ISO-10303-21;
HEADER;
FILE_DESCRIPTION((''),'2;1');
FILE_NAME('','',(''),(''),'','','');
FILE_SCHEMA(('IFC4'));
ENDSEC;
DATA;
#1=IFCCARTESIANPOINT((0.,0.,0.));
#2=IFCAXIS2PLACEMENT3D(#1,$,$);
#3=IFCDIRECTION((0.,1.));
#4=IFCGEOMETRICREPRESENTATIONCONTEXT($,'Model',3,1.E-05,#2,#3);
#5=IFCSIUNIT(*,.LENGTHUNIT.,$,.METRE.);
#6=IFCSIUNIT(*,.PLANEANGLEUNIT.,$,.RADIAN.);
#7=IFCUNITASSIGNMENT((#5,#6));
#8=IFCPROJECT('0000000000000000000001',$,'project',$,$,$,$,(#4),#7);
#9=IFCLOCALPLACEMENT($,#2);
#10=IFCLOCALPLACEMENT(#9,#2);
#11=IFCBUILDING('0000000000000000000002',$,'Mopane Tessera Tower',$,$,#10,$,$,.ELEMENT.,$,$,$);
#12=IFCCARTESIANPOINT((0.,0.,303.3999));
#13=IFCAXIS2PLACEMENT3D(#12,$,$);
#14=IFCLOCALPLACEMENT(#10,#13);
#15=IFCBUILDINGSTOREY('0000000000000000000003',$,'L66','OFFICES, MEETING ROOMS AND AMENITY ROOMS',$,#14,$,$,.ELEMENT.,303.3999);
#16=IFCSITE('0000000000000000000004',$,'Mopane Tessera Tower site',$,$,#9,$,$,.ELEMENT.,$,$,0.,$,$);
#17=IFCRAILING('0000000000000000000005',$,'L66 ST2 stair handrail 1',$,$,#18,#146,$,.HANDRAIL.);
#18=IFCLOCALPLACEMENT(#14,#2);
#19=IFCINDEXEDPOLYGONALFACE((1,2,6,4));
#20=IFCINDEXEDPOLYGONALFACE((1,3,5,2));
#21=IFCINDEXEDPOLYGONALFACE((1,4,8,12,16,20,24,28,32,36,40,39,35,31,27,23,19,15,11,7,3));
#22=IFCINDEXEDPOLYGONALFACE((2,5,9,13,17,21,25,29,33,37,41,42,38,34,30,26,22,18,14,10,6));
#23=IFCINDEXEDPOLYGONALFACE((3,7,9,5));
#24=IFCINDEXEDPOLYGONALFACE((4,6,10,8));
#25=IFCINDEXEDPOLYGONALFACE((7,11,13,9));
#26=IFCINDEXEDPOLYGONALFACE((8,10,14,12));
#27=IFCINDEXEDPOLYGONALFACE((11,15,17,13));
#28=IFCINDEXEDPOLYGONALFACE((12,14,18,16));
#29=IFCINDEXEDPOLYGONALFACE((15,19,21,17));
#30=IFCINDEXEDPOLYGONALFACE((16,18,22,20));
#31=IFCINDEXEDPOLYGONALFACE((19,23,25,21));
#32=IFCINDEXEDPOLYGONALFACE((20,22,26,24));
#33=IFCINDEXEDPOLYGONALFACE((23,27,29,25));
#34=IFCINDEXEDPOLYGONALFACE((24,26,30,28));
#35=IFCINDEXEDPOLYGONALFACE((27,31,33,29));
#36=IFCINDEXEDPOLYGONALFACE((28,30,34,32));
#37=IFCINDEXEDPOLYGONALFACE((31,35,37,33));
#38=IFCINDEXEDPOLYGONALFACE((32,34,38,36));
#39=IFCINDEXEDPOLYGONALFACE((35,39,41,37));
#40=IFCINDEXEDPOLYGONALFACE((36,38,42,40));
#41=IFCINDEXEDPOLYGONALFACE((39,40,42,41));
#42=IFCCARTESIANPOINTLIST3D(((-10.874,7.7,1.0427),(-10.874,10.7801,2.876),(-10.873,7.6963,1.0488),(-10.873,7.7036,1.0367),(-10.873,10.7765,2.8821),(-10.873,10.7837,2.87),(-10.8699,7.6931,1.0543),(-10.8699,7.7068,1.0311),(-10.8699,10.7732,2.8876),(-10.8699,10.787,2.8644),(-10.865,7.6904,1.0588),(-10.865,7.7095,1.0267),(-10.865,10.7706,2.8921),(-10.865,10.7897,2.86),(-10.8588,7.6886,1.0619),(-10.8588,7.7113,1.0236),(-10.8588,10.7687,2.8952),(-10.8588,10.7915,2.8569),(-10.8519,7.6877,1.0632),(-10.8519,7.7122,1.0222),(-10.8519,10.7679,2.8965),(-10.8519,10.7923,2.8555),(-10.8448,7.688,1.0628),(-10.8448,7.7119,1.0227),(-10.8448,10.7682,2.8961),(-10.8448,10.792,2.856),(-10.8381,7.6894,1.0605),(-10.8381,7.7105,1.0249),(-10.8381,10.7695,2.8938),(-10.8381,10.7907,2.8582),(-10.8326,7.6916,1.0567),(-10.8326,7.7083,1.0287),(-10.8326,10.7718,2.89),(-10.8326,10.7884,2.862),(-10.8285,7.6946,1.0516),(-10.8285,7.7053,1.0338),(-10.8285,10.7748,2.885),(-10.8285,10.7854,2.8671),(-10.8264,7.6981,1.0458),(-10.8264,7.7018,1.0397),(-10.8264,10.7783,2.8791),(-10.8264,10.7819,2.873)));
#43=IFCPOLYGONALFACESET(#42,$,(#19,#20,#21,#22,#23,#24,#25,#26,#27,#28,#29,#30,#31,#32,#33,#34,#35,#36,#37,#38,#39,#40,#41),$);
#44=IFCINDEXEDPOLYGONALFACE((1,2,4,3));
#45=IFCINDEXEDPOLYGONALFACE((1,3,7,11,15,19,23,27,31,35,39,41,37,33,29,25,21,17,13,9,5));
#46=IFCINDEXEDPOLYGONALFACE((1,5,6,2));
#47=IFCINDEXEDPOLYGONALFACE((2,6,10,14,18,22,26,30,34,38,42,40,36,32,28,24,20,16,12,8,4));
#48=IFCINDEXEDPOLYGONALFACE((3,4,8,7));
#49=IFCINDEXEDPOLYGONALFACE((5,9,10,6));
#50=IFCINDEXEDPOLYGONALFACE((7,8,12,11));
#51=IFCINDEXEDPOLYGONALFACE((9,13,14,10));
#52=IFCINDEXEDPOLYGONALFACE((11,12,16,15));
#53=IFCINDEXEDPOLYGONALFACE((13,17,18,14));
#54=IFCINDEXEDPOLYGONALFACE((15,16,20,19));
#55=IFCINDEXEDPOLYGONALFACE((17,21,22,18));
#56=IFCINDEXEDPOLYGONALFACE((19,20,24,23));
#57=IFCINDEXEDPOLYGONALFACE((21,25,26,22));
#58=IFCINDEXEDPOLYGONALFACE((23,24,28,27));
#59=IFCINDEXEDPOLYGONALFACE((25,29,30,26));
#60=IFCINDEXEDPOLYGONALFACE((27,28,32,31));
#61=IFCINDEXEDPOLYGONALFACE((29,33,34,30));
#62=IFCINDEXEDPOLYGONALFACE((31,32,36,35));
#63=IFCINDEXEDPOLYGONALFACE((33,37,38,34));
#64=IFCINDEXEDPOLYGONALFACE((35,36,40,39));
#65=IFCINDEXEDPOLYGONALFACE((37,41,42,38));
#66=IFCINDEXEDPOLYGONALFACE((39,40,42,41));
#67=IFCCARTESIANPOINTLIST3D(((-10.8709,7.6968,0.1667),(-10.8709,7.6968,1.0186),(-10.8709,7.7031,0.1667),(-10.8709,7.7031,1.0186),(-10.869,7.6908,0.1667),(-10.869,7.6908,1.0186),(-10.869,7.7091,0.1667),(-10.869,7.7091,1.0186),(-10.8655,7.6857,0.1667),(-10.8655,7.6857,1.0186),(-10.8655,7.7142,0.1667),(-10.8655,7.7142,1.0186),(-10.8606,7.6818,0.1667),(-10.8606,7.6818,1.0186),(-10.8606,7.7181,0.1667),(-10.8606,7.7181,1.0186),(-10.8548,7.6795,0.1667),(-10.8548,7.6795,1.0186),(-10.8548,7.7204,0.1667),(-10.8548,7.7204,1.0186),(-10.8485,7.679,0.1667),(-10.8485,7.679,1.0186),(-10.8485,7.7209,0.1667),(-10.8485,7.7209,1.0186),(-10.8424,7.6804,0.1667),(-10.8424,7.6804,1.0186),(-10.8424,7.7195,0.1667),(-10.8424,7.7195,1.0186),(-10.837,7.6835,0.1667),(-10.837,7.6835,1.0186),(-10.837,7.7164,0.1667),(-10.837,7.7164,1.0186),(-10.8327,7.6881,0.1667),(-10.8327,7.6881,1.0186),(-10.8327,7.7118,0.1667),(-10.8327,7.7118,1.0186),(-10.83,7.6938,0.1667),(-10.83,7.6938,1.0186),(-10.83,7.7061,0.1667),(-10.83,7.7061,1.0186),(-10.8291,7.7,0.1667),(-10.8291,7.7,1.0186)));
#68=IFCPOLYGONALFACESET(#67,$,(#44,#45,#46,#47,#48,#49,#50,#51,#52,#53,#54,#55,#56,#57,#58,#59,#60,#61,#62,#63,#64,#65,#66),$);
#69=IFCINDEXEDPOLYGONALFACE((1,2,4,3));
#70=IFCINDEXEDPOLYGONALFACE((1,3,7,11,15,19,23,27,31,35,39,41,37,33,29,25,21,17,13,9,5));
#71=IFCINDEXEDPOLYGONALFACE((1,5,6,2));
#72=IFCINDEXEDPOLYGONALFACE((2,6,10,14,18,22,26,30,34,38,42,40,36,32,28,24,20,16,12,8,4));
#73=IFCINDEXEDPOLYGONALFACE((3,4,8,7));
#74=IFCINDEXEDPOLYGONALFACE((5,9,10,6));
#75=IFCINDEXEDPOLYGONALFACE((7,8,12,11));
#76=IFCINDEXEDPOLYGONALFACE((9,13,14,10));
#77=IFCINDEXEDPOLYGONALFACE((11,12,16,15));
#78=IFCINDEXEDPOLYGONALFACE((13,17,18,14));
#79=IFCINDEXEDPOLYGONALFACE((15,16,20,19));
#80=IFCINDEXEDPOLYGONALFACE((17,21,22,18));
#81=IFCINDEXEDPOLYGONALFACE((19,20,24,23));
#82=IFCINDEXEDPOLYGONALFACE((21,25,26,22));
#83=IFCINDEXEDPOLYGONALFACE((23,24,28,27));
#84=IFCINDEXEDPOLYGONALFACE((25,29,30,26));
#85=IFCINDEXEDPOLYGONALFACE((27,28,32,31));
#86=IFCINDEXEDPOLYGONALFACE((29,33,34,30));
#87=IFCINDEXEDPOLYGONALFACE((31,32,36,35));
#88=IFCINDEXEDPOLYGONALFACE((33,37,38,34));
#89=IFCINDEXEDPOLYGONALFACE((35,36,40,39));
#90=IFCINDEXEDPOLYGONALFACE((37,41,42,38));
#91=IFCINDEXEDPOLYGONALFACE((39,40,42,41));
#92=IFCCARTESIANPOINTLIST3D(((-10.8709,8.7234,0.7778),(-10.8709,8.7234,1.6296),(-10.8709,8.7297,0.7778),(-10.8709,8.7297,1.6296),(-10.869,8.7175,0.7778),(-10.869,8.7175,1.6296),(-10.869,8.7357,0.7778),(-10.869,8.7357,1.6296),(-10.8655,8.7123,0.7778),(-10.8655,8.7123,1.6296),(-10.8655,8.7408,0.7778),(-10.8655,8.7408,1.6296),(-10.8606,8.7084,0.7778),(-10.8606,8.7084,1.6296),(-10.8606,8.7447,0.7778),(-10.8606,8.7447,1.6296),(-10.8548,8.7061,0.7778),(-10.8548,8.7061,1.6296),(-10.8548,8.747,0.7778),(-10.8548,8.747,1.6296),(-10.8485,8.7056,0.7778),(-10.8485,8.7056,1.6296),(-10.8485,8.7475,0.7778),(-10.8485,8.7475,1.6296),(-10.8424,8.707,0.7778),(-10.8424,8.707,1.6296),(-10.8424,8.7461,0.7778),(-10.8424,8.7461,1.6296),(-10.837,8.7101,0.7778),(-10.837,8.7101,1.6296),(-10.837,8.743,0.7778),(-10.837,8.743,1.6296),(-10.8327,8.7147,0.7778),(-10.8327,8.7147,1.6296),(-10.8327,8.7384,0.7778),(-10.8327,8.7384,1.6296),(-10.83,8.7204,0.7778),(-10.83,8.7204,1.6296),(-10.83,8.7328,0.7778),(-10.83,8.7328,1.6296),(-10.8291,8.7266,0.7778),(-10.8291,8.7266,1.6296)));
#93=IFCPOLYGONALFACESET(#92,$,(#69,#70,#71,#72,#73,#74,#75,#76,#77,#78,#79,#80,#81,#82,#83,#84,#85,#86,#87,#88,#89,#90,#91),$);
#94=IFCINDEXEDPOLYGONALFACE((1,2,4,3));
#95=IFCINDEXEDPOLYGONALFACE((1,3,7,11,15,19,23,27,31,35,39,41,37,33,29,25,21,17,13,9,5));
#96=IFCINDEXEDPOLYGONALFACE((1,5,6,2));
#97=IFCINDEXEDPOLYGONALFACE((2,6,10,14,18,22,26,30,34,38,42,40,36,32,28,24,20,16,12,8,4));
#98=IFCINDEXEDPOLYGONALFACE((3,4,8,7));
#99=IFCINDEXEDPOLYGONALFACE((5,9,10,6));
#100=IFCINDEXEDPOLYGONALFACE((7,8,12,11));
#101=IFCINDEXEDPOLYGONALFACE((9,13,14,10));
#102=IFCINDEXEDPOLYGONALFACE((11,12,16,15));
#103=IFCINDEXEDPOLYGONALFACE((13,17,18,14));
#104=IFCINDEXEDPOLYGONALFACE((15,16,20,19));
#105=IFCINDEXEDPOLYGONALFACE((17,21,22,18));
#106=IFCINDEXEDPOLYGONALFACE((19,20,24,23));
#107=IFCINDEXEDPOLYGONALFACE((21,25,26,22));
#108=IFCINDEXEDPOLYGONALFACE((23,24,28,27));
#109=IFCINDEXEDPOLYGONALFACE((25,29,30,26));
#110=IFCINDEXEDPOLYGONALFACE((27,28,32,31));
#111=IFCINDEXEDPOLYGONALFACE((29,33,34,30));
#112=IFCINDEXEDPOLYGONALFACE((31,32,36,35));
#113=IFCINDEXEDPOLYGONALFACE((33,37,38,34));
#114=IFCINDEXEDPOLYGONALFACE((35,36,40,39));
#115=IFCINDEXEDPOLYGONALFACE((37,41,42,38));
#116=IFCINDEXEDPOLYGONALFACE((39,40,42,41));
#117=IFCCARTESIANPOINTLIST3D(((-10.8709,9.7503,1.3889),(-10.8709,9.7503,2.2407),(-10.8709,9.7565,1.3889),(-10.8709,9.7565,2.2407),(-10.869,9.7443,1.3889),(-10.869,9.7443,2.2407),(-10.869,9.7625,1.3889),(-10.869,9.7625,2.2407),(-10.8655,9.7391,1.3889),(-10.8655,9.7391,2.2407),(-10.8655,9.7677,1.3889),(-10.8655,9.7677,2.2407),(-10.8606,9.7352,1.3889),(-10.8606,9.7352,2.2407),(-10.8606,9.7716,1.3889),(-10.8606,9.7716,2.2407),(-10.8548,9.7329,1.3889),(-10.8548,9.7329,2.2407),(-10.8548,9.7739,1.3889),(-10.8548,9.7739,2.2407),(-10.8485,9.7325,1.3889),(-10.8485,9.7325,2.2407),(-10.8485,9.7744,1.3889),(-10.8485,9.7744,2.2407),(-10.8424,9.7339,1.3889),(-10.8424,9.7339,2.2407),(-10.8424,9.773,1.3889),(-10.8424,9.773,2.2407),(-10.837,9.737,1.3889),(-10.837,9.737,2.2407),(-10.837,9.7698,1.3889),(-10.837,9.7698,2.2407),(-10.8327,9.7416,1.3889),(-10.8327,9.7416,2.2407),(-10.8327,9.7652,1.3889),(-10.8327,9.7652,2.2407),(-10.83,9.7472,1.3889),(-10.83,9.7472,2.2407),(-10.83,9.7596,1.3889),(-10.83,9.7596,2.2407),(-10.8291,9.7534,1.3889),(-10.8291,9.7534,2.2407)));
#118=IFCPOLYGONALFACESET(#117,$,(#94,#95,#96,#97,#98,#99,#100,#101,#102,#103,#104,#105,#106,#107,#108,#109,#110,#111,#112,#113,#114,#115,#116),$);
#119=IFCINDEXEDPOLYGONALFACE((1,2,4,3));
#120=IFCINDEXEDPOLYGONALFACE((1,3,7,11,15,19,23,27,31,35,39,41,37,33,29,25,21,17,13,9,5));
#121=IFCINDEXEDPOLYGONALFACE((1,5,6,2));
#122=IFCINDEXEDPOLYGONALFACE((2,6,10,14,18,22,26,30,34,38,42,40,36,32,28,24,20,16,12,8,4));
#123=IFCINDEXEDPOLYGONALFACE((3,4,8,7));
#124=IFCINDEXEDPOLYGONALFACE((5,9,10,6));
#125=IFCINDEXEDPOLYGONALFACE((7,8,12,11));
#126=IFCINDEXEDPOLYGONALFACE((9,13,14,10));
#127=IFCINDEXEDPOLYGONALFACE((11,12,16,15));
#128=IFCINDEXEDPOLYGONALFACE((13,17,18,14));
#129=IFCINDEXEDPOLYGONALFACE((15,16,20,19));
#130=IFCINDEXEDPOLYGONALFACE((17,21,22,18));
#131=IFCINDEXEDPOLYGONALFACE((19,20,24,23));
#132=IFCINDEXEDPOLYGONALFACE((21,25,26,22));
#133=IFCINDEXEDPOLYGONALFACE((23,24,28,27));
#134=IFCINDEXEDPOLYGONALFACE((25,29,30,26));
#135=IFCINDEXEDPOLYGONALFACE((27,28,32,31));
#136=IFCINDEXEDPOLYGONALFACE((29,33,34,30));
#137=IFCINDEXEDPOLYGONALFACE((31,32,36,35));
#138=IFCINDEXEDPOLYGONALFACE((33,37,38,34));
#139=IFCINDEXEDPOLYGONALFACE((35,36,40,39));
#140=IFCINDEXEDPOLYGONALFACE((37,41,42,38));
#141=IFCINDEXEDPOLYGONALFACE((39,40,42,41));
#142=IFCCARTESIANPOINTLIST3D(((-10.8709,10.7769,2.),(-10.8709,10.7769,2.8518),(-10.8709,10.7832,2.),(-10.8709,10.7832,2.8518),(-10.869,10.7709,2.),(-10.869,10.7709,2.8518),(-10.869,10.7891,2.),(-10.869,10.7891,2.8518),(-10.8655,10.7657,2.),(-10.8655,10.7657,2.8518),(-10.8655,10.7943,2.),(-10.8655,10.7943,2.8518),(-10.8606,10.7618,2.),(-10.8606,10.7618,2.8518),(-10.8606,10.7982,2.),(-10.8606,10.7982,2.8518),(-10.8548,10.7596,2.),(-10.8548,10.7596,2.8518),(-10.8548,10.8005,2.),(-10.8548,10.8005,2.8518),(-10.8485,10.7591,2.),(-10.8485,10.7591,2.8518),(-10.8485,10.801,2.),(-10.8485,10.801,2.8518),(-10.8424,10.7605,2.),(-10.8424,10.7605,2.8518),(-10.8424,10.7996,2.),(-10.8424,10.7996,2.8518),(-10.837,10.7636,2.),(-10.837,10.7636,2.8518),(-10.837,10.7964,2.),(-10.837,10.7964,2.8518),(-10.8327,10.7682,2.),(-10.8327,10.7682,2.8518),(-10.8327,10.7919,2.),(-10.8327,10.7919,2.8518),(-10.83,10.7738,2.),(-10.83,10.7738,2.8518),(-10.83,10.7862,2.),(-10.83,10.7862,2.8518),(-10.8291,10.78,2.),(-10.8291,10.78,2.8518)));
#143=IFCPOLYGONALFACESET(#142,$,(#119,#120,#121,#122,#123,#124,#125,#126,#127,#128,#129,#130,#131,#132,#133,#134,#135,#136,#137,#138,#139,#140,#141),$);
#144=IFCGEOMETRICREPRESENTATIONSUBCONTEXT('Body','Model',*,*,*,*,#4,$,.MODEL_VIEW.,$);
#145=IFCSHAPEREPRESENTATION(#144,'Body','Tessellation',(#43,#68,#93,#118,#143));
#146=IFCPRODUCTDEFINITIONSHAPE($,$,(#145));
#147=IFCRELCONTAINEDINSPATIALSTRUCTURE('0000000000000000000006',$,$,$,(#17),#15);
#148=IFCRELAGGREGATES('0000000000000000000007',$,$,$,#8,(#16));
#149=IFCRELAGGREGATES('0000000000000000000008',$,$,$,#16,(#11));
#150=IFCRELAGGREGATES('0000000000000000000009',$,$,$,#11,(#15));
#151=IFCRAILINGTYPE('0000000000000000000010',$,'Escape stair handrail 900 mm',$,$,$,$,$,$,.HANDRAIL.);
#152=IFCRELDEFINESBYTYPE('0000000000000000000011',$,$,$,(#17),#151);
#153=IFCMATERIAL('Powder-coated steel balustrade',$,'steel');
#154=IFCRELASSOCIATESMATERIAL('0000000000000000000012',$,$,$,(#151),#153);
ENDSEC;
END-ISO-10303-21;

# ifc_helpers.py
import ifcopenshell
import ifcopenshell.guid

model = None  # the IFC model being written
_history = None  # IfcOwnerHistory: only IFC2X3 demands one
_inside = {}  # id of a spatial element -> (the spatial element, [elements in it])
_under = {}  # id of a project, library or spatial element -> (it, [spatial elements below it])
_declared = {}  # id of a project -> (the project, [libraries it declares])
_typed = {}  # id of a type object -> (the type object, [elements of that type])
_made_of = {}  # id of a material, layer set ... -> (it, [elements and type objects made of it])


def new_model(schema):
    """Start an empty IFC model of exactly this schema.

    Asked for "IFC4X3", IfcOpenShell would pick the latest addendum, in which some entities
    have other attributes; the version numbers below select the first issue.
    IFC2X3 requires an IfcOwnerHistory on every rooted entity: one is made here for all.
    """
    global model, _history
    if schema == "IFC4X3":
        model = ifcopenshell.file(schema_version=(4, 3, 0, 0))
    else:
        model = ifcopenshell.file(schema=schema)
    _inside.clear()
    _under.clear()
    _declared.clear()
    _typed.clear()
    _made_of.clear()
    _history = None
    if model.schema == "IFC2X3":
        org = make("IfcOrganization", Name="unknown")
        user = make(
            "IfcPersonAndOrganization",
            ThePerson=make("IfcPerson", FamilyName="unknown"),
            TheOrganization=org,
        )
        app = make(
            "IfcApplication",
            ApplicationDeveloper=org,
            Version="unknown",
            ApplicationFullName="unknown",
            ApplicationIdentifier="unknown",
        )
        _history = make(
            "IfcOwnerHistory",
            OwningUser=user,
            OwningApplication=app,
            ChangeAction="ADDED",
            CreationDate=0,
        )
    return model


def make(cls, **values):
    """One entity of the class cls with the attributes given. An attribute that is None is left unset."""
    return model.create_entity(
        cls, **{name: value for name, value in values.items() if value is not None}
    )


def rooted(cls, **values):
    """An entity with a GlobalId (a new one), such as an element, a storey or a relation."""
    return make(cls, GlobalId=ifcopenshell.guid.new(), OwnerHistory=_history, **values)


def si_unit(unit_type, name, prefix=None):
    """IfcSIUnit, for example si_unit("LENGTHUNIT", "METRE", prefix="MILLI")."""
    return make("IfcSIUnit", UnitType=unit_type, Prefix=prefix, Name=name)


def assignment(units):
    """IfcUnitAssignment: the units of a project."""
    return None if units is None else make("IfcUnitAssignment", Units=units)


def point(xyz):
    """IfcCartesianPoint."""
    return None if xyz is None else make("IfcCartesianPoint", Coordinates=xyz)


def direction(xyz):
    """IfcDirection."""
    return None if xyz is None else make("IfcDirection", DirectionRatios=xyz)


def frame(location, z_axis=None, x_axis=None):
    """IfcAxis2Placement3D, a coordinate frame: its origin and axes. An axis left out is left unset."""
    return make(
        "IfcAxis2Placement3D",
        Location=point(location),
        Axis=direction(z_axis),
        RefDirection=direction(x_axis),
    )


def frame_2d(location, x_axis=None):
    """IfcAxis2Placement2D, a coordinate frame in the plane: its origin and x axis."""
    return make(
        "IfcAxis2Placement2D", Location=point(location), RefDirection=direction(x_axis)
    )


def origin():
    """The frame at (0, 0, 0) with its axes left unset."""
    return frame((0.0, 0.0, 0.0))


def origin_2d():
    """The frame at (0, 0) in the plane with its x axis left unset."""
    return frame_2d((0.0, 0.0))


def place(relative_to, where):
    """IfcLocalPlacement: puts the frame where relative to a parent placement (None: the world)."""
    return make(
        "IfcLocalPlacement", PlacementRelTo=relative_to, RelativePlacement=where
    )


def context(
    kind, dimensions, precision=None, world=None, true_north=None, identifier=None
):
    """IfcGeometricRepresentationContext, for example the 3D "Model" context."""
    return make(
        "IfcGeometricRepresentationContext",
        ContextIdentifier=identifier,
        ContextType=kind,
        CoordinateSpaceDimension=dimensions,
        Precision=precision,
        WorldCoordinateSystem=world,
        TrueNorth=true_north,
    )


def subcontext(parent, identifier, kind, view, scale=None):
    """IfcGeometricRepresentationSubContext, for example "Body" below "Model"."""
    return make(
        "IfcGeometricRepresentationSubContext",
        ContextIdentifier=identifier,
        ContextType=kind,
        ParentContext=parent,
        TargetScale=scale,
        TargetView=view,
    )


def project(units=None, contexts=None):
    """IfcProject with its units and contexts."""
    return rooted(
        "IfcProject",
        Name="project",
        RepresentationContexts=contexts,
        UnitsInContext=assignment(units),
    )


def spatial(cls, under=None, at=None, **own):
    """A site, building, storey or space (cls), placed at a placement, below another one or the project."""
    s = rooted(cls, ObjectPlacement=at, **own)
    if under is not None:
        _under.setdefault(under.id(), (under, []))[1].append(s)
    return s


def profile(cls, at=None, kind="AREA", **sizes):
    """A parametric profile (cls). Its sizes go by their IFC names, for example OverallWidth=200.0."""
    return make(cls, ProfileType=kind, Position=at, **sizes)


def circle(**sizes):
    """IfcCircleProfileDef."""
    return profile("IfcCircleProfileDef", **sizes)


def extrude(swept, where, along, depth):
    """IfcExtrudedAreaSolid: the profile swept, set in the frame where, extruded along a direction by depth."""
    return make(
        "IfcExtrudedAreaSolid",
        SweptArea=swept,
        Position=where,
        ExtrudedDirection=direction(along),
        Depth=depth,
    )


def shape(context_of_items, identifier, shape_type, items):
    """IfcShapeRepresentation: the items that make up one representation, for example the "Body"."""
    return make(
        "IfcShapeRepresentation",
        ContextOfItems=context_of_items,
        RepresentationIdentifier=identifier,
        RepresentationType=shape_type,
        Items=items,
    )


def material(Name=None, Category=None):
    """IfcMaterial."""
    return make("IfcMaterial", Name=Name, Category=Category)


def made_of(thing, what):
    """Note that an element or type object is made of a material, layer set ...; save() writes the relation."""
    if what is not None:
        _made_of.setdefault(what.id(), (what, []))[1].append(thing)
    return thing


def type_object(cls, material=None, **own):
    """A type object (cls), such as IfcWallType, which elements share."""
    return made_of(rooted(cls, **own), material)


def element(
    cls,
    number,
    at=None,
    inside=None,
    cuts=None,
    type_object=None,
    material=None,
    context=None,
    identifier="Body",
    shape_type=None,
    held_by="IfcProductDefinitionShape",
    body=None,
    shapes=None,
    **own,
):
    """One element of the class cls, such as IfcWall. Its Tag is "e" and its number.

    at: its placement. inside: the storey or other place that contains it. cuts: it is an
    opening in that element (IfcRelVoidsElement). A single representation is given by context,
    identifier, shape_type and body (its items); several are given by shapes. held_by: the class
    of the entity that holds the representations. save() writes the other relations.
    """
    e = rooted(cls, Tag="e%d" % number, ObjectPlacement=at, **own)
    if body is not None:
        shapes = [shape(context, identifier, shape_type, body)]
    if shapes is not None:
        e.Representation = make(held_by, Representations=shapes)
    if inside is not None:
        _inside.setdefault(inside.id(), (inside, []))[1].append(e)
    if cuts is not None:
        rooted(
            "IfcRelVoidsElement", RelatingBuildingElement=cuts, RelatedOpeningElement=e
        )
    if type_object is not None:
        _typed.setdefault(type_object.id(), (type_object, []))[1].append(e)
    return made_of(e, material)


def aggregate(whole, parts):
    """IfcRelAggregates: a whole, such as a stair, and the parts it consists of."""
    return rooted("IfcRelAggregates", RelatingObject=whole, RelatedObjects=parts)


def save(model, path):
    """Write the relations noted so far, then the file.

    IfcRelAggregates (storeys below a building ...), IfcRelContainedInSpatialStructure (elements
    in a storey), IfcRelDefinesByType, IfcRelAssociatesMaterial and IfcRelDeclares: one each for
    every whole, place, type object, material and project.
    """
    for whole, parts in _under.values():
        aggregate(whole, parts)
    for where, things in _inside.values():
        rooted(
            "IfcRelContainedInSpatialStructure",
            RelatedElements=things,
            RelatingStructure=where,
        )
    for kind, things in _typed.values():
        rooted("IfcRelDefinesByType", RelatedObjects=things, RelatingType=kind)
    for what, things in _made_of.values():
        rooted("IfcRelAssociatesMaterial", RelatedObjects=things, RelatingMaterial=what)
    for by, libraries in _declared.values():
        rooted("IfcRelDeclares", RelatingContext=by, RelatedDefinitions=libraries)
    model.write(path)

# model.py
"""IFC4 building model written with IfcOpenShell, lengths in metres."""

from ifc_helpers import new_model, si_unit, direction, frame, origin, origin_2d, place, context, subcontext, project, spatial, circle, extrude, material, type_object, element, save


model = new_model("IFC4")

# Units and contexts
model_context = context("Model", 3, precision=1e-05, world=origin(), true_north=direction((0.0, 1.0)))
body_context = subcontext(model_context, "Body", "Model", "MODEL_VIEW")
ifc_project = project(units=[si_unit("LENGTHUNIT", "METRE"), si_unit("PLANEANGLEUNIT", "RADIAN")], contexts=[model_context])

# Site, building, storey
site_placement = place(None, origin())
site = spatial("IfcSite", under=ifc_project, at=site_placement, Name="Mopane Tessera Tower site", CompositionType="ELEMENT", RefElevation=0.0)
building_placement = place(site_placement, origin())
building = spatial("IfcBuilding", under=site, at=building_placement, Name="Mopane Tessera Tower", CompositionType="ELEMENT")
storey_placement = place(building_placement, frame((0.0, 0.0, 303.3999)))
storey = spatial("IfcBuildingStorey", under=building, at=storey_placement, Name="L66", Description="OFFICES, MEETING ROOMS AND AMENITY ROOMS", CompositionType="ELEMENT", Elevation=303.3999)

# Railing
ifc_material_1 = material(Name="Powder-coated steel balustrade", Category="steel")
railing_type_1 = type_object("IfcRailingType", Name="Escape stair handrail 900 mm", PredefinedType="HANDRAIL", material=ifc_material_1)
railing_1_placement = place(storey_placement, frame((-10.8501, 7.7, 0.1667)))
element("IfcRailing", 1, at=railing_1_placement, inside=storey, type_object=railing_type_1, Name="L66 ST2 stair handrail 1", PredefinedType="HANDRAIL", context=body_context, shape_type="SweptSolid", body=[
    extrude(circle(Radius=0.0239, at=origin_2d()), frame((0.0, 0.0, 0.876), z_axis=(0.0, 0.859309, 0.511458), x_axis=(-1.0, 0.0, 0.0)), (0.0, 0.0, 1.0), 3.5845),
    extrude(circle(Radius=0.021, at=origin_2d()), origin(), (0.0, 0.0, 1.0), 0.8518),
    extrude(circle(Radius=0.021, at=origin_2d()), frame((0.0, 1.0266, 0.6111)), (0.0, 0.0, 1.0), 0.8518),
    extrude(circle(Radius=0.021, at=origin_2d()), frame((0.0, 2.0535, 1.2222)), (0.0, 0.0, 1.0), 0.8518),
    extrude(circle(Radius=0.021, at=origin_2d()), frame((0.0, 3.0801, 1.8333)), (0.0, 0.0, 1.0), 0.8518),
])

save(model, "model.ifc")
